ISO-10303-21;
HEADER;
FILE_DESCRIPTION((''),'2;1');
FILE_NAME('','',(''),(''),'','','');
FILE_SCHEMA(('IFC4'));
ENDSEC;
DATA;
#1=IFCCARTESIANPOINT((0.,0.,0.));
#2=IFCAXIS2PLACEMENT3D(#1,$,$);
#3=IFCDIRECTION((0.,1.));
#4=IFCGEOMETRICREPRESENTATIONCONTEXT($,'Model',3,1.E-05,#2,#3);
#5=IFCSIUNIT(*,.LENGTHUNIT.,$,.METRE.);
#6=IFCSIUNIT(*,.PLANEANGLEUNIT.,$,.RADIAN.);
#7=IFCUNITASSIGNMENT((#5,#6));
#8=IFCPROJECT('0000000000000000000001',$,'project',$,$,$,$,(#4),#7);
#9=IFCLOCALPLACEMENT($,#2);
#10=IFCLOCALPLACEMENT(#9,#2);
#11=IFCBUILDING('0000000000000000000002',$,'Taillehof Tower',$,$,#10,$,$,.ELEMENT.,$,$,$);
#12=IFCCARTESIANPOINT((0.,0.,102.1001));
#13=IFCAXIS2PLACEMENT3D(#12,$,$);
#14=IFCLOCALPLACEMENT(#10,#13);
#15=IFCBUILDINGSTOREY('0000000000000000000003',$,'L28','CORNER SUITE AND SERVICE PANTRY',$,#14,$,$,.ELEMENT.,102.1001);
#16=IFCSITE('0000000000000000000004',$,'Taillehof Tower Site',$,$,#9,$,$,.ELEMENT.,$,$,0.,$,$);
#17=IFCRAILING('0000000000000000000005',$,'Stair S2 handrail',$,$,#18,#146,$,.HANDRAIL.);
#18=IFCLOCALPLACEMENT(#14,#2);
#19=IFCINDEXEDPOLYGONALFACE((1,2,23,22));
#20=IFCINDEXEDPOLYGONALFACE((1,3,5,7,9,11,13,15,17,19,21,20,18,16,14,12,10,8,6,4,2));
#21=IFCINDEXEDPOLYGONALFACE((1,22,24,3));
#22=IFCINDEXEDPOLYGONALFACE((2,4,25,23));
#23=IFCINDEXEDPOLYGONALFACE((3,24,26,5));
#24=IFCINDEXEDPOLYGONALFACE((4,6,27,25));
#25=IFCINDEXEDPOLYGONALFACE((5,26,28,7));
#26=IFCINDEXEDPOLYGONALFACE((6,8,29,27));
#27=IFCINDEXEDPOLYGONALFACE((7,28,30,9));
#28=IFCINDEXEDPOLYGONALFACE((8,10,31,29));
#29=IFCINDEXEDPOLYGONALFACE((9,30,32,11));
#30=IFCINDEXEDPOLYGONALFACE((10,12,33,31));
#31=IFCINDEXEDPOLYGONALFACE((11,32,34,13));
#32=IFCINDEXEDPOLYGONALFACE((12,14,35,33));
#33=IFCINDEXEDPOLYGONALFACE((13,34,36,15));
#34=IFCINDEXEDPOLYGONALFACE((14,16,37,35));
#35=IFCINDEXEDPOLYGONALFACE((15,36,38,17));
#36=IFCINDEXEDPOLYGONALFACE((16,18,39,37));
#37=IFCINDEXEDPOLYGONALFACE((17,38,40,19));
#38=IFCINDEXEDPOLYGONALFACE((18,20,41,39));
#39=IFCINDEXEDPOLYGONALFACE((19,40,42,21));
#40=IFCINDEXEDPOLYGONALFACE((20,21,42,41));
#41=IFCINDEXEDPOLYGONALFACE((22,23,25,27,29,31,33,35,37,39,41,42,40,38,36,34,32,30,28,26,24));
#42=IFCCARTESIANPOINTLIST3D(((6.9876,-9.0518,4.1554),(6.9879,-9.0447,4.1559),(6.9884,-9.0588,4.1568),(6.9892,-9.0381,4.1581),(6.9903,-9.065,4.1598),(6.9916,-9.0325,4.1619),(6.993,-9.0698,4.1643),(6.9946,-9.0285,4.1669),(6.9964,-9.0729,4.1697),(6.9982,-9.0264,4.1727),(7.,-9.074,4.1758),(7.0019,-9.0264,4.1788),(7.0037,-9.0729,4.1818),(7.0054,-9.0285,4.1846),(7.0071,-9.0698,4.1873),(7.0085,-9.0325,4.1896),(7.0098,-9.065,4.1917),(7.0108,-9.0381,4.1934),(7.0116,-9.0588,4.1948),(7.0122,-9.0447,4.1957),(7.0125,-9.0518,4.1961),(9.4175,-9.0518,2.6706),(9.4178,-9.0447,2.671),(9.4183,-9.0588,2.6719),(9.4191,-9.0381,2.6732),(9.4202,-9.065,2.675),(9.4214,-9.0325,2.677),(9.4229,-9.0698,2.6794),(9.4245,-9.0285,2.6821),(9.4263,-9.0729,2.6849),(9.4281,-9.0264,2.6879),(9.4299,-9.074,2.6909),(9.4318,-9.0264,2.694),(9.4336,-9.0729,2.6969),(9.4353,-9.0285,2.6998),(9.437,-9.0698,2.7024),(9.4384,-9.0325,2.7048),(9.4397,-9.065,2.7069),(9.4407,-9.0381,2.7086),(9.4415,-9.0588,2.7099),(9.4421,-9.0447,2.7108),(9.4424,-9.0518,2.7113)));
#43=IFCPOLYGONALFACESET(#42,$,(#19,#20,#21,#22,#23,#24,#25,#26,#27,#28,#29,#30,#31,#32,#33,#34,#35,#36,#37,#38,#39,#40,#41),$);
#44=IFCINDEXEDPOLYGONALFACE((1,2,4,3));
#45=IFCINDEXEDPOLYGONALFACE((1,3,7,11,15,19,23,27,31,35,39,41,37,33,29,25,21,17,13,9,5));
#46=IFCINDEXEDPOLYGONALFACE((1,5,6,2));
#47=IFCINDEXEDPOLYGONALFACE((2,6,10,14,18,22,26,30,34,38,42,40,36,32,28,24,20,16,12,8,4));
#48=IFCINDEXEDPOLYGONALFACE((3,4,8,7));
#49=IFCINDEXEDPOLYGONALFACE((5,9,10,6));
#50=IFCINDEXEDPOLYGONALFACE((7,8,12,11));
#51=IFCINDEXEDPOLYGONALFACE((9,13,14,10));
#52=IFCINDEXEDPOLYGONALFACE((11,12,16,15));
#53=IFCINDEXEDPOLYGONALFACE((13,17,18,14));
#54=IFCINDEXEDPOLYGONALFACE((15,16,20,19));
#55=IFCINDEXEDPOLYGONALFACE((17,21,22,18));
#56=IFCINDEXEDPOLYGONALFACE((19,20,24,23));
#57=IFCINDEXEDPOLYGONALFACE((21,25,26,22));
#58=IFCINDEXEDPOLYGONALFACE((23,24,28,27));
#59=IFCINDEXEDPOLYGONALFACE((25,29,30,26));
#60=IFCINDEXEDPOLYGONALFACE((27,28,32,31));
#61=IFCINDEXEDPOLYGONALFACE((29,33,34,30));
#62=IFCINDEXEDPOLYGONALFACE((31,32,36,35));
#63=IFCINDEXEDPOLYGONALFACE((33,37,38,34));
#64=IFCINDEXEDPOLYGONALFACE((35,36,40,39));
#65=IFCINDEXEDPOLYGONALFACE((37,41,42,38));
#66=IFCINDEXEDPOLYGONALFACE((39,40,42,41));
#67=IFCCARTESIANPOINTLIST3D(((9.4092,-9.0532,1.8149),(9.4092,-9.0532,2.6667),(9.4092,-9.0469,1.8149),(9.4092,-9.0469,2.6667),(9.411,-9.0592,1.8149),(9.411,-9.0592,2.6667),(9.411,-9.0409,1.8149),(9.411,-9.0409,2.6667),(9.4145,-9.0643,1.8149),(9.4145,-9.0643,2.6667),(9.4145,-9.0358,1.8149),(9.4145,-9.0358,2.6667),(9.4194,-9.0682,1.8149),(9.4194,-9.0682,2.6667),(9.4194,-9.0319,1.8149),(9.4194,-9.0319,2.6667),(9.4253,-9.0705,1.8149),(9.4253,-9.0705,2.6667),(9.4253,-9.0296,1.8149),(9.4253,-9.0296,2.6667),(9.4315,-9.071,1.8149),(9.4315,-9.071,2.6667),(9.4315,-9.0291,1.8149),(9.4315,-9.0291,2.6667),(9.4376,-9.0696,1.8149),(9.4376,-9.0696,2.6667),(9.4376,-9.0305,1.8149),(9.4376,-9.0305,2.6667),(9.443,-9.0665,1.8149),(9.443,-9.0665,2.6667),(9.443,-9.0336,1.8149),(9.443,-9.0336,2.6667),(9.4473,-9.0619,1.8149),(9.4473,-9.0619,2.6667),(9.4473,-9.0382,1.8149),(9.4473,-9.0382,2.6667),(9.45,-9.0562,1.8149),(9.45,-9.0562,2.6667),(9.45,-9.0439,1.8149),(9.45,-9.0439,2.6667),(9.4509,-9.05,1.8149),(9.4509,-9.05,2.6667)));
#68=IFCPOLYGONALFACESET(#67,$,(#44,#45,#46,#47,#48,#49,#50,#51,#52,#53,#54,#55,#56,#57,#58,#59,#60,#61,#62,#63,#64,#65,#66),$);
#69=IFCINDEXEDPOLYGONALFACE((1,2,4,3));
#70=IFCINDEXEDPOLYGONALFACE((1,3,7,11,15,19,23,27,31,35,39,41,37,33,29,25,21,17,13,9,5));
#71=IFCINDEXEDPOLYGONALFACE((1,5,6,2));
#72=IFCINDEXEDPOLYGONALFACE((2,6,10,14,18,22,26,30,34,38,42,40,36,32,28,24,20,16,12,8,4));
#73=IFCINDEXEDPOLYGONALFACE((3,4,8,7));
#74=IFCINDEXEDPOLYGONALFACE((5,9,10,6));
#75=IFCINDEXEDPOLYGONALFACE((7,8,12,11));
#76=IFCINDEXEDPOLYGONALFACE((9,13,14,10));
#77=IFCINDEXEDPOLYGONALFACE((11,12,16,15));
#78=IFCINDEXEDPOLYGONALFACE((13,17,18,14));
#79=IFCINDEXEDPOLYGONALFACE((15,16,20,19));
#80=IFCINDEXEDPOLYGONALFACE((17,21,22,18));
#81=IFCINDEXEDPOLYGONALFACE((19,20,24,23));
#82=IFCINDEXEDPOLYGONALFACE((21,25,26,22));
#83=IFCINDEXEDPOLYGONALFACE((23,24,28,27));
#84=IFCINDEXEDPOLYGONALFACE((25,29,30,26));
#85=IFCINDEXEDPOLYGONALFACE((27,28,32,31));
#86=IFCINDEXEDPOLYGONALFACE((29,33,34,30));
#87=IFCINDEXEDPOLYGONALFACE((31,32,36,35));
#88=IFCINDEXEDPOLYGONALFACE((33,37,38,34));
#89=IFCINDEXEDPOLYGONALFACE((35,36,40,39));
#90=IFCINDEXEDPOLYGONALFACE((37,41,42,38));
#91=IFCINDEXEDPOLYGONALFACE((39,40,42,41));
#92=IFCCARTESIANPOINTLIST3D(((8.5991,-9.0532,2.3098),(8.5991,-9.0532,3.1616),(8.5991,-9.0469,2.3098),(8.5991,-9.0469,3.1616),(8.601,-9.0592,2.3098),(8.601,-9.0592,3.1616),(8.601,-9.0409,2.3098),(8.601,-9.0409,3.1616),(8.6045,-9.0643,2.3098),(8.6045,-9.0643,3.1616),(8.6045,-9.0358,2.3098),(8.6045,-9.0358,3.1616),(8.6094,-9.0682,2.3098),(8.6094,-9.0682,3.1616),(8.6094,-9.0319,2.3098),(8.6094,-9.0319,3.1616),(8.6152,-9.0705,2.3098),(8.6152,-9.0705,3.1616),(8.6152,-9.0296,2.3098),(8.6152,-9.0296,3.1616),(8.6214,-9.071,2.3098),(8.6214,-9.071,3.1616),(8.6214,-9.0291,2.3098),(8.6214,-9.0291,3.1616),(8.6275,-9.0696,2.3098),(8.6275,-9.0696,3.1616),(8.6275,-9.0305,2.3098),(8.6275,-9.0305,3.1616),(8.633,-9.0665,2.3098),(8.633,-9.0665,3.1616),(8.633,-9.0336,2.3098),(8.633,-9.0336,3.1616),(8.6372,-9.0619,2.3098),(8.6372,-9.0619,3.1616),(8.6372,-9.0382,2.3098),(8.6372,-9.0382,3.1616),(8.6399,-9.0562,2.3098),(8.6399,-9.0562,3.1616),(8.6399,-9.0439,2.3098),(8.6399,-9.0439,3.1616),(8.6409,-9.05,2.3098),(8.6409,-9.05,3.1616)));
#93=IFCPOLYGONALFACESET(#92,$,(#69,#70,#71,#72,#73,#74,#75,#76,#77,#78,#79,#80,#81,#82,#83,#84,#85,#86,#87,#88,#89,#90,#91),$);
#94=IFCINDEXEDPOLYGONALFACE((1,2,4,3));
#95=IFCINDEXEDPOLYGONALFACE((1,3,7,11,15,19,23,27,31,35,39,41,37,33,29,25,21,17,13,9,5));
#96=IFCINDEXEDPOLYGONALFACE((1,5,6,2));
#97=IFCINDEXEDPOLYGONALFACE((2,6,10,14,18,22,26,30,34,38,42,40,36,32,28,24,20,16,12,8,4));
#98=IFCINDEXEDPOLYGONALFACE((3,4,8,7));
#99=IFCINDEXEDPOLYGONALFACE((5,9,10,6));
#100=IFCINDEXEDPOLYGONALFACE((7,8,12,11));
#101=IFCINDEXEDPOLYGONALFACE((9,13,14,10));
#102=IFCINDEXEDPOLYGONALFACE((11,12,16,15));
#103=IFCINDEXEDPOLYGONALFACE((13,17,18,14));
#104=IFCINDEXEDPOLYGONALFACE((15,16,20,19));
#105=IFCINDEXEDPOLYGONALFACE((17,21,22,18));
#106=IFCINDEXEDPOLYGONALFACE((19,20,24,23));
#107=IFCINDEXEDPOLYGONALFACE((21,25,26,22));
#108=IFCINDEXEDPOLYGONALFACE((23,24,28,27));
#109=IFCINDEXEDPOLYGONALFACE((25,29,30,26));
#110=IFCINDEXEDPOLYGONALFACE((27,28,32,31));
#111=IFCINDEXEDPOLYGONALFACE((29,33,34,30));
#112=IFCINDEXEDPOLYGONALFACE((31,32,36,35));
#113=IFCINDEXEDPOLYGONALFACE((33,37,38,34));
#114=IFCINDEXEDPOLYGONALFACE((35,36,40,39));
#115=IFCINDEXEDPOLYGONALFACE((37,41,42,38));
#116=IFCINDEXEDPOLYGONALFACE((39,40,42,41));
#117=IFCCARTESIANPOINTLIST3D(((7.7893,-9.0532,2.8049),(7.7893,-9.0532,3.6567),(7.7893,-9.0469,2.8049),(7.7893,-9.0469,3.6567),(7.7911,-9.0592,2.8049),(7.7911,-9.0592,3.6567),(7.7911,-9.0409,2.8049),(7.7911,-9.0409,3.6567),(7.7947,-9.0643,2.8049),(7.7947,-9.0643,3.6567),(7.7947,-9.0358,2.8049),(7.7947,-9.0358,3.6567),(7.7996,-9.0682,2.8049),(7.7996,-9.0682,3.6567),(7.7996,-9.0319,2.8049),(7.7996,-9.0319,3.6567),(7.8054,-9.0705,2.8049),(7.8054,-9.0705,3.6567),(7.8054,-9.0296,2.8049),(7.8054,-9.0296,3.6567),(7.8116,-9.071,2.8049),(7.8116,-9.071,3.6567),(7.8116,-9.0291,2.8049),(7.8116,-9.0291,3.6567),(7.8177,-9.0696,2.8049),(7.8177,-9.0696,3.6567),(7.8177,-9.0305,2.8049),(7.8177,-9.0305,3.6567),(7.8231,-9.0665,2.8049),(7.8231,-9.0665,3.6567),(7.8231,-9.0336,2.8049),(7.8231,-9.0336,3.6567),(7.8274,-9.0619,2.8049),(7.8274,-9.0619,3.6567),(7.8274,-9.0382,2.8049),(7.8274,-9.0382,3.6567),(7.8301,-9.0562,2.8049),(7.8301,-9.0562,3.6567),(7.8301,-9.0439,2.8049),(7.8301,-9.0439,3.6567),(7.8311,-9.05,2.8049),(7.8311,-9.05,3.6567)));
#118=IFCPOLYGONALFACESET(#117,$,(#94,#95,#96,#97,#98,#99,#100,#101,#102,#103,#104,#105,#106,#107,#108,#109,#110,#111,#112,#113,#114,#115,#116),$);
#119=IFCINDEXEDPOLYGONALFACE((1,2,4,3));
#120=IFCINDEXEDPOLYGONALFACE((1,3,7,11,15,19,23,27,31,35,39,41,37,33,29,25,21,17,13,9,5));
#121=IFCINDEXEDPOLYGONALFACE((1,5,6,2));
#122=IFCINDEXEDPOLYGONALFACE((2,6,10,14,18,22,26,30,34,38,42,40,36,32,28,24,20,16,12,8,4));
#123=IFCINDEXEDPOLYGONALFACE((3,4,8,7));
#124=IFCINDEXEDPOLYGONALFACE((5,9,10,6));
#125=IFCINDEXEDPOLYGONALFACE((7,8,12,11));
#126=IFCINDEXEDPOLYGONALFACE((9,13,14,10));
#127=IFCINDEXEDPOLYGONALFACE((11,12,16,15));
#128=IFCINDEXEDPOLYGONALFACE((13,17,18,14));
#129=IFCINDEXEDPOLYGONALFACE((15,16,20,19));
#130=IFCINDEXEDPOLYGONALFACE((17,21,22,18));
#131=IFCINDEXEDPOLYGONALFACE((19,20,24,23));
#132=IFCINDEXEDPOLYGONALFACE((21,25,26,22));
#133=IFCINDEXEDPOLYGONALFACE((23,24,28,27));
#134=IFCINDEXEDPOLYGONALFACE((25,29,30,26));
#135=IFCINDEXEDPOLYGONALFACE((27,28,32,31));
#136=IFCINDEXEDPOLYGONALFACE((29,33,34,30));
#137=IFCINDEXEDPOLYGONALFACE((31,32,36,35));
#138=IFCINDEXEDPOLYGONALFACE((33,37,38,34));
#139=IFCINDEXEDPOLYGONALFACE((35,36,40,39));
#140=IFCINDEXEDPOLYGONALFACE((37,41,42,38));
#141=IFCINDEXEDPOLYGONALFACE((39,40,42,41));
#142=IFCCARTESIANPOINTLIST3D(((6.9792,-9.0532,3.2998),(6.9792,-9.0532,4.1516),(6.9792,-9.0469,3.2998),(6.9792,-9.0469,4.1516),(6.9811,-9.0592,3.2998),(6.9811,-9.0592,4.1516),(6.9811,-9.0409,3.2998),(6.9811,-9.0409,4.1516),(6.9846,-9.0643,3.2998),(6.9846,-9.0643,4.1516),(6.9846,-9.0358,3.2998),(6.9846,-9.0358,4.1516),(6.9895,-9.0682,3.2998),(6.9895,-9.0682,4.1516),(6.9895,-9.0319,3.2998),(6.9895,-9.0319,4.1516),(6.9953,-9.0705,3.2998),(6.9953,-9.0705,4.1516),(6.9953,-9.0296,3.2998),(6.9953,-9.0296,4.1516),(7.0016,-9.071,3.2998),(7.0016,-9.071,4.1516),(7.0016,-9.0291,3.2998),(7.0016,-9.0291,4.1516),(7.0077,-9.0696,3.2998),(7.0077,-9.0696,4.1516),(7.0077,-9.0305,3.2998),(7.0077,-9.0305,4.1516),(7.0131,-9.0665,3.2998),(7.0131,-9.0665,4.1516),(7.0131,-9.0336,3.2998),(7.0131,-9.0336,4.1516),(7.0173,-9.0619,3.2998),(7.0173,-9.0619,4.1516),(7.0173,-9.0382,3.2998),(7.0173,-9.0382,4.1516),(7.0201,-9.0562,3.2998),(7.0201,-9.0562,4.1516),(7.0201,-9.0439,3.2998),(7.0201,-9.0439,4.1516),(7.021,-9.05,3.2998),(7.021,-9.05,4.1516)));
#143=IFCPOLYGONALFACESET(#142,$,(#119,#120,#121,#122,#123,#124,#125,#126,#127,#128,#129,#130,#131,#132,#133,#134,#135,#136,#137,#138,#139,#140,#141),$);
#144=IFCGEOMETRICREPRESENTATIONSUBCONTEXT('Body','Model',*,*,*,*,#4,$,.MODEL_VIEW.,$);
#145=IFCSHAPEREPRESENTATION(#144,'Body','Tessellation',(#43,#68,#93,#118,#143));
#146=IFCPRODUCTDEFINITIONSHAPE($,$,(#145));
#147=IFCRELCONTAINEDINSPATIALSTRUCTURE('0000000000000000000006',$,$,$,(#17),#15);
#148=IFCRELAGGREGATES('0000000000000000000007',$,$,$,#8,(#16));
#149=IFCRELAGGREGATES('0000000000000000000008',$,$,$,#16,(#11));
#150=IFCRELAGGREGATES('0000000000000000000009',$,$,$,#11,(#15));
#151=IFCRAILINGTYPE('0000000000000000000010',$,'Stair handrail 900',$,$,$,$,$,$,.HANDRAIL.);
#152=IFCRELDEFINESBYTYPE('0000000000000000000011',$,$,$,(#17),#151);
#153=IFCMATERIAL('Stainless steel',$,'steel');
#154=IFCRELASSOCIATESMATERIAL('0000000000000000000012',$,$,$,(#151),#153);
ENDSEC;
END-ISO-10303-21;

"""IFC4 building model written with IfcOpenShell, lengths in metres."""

from ifc_helpers import new_model, si_unit, direction, frame, origin, origin_2d, place, context, subcontext, project, spatial, circle, extrude, material, type_object, element, save


model = new_model("IFC4")

# Units and contexts
model_context = context("Model", 3, precision=1e-05, world=origin(), true_north=direction((0.0, 1.0)))
body_context = subcontext(model_context, "Body", "Model", "MODEL_VIEW")
ifc_project = project(units=[si_unit("LENGTHUNIT", "METRE"), si_unit("PLANEANGLEUNIT", "RADIAN")], contexts=[model_context])

# Site, building, storey
site_placement = place(None, origin())
site = spatial("IfcSite", under=ifc_project, at=site_placement, Name="Taillehof Tower Site", CompositionType="ELEMENT", RefElevation=0.0)
building_placement = place(site_placement, origin())
building = spatial("IfcBuilding", under=site, at=building_placement, Name="Taillehof Tower", CompositionType="ELEMENT")
storey_placement = place(building_placement, frame((0.0, 0.0, 102.1001)))
storey = spatial("IfcBuildingStorey", under=building, at=storey_placement, Name="L28", Description="CORNER SUITE AND SERVICE PANTRY", CompositionType="ELEMENT", Elevation=102.1001)

# Railing
ifc_material_1 = material(Name="Stainless steel", Category="steel")
railing_type = type_object("IfcRailingType", Name="Stair handrail 900", PredefinedType="HANDRAIL", material=ifc_material_1)
railing_1_placement = place(storey_placement, frame((9.4299, -9.05, 1.8149)))
element("IfcRailing", 1, at=railing_1_placement, inside=storey, type_object=railing_type, Name="Stair S2 handrail", PredefinedType="HANDRAIL", context=body_context, shape_type="SweptSolid", body=[
    extrude(circle(Radius=0.0239, at=origin_2d()), frame((0.0, 0.0, 0.876), z_axis=(-0.853297, 0.0, 0.521426), x_axis=(0.0, -1.0, 0.0)), (0.0, 0.0, 1.0), 2.8477),
    extrude(circle(Radius=0.021, at=origin_2d()), origin(), (0.0, 0.0, 1.0), 0.8518),
    extrude(circle(Radius=0.021, at=origin_2d()), frame((-0.8101, 0.0, 0.4949)), (0.0, 0.0, 1.0), 0.8518),
    extrude(circle(Radius=0.021, at=origin_2d()), frame((-1.6199, 0.0, 0.99)), (0.0, 0.0, 1.0), 0.8518),
    extrude(circle(Radius=0.021, at=origin_2d()), frame((-2.4299, 0.0, 1.4849)), (0.0, 0.0, 1.0), 0.8518),
])

save(model, "model.ifc")
